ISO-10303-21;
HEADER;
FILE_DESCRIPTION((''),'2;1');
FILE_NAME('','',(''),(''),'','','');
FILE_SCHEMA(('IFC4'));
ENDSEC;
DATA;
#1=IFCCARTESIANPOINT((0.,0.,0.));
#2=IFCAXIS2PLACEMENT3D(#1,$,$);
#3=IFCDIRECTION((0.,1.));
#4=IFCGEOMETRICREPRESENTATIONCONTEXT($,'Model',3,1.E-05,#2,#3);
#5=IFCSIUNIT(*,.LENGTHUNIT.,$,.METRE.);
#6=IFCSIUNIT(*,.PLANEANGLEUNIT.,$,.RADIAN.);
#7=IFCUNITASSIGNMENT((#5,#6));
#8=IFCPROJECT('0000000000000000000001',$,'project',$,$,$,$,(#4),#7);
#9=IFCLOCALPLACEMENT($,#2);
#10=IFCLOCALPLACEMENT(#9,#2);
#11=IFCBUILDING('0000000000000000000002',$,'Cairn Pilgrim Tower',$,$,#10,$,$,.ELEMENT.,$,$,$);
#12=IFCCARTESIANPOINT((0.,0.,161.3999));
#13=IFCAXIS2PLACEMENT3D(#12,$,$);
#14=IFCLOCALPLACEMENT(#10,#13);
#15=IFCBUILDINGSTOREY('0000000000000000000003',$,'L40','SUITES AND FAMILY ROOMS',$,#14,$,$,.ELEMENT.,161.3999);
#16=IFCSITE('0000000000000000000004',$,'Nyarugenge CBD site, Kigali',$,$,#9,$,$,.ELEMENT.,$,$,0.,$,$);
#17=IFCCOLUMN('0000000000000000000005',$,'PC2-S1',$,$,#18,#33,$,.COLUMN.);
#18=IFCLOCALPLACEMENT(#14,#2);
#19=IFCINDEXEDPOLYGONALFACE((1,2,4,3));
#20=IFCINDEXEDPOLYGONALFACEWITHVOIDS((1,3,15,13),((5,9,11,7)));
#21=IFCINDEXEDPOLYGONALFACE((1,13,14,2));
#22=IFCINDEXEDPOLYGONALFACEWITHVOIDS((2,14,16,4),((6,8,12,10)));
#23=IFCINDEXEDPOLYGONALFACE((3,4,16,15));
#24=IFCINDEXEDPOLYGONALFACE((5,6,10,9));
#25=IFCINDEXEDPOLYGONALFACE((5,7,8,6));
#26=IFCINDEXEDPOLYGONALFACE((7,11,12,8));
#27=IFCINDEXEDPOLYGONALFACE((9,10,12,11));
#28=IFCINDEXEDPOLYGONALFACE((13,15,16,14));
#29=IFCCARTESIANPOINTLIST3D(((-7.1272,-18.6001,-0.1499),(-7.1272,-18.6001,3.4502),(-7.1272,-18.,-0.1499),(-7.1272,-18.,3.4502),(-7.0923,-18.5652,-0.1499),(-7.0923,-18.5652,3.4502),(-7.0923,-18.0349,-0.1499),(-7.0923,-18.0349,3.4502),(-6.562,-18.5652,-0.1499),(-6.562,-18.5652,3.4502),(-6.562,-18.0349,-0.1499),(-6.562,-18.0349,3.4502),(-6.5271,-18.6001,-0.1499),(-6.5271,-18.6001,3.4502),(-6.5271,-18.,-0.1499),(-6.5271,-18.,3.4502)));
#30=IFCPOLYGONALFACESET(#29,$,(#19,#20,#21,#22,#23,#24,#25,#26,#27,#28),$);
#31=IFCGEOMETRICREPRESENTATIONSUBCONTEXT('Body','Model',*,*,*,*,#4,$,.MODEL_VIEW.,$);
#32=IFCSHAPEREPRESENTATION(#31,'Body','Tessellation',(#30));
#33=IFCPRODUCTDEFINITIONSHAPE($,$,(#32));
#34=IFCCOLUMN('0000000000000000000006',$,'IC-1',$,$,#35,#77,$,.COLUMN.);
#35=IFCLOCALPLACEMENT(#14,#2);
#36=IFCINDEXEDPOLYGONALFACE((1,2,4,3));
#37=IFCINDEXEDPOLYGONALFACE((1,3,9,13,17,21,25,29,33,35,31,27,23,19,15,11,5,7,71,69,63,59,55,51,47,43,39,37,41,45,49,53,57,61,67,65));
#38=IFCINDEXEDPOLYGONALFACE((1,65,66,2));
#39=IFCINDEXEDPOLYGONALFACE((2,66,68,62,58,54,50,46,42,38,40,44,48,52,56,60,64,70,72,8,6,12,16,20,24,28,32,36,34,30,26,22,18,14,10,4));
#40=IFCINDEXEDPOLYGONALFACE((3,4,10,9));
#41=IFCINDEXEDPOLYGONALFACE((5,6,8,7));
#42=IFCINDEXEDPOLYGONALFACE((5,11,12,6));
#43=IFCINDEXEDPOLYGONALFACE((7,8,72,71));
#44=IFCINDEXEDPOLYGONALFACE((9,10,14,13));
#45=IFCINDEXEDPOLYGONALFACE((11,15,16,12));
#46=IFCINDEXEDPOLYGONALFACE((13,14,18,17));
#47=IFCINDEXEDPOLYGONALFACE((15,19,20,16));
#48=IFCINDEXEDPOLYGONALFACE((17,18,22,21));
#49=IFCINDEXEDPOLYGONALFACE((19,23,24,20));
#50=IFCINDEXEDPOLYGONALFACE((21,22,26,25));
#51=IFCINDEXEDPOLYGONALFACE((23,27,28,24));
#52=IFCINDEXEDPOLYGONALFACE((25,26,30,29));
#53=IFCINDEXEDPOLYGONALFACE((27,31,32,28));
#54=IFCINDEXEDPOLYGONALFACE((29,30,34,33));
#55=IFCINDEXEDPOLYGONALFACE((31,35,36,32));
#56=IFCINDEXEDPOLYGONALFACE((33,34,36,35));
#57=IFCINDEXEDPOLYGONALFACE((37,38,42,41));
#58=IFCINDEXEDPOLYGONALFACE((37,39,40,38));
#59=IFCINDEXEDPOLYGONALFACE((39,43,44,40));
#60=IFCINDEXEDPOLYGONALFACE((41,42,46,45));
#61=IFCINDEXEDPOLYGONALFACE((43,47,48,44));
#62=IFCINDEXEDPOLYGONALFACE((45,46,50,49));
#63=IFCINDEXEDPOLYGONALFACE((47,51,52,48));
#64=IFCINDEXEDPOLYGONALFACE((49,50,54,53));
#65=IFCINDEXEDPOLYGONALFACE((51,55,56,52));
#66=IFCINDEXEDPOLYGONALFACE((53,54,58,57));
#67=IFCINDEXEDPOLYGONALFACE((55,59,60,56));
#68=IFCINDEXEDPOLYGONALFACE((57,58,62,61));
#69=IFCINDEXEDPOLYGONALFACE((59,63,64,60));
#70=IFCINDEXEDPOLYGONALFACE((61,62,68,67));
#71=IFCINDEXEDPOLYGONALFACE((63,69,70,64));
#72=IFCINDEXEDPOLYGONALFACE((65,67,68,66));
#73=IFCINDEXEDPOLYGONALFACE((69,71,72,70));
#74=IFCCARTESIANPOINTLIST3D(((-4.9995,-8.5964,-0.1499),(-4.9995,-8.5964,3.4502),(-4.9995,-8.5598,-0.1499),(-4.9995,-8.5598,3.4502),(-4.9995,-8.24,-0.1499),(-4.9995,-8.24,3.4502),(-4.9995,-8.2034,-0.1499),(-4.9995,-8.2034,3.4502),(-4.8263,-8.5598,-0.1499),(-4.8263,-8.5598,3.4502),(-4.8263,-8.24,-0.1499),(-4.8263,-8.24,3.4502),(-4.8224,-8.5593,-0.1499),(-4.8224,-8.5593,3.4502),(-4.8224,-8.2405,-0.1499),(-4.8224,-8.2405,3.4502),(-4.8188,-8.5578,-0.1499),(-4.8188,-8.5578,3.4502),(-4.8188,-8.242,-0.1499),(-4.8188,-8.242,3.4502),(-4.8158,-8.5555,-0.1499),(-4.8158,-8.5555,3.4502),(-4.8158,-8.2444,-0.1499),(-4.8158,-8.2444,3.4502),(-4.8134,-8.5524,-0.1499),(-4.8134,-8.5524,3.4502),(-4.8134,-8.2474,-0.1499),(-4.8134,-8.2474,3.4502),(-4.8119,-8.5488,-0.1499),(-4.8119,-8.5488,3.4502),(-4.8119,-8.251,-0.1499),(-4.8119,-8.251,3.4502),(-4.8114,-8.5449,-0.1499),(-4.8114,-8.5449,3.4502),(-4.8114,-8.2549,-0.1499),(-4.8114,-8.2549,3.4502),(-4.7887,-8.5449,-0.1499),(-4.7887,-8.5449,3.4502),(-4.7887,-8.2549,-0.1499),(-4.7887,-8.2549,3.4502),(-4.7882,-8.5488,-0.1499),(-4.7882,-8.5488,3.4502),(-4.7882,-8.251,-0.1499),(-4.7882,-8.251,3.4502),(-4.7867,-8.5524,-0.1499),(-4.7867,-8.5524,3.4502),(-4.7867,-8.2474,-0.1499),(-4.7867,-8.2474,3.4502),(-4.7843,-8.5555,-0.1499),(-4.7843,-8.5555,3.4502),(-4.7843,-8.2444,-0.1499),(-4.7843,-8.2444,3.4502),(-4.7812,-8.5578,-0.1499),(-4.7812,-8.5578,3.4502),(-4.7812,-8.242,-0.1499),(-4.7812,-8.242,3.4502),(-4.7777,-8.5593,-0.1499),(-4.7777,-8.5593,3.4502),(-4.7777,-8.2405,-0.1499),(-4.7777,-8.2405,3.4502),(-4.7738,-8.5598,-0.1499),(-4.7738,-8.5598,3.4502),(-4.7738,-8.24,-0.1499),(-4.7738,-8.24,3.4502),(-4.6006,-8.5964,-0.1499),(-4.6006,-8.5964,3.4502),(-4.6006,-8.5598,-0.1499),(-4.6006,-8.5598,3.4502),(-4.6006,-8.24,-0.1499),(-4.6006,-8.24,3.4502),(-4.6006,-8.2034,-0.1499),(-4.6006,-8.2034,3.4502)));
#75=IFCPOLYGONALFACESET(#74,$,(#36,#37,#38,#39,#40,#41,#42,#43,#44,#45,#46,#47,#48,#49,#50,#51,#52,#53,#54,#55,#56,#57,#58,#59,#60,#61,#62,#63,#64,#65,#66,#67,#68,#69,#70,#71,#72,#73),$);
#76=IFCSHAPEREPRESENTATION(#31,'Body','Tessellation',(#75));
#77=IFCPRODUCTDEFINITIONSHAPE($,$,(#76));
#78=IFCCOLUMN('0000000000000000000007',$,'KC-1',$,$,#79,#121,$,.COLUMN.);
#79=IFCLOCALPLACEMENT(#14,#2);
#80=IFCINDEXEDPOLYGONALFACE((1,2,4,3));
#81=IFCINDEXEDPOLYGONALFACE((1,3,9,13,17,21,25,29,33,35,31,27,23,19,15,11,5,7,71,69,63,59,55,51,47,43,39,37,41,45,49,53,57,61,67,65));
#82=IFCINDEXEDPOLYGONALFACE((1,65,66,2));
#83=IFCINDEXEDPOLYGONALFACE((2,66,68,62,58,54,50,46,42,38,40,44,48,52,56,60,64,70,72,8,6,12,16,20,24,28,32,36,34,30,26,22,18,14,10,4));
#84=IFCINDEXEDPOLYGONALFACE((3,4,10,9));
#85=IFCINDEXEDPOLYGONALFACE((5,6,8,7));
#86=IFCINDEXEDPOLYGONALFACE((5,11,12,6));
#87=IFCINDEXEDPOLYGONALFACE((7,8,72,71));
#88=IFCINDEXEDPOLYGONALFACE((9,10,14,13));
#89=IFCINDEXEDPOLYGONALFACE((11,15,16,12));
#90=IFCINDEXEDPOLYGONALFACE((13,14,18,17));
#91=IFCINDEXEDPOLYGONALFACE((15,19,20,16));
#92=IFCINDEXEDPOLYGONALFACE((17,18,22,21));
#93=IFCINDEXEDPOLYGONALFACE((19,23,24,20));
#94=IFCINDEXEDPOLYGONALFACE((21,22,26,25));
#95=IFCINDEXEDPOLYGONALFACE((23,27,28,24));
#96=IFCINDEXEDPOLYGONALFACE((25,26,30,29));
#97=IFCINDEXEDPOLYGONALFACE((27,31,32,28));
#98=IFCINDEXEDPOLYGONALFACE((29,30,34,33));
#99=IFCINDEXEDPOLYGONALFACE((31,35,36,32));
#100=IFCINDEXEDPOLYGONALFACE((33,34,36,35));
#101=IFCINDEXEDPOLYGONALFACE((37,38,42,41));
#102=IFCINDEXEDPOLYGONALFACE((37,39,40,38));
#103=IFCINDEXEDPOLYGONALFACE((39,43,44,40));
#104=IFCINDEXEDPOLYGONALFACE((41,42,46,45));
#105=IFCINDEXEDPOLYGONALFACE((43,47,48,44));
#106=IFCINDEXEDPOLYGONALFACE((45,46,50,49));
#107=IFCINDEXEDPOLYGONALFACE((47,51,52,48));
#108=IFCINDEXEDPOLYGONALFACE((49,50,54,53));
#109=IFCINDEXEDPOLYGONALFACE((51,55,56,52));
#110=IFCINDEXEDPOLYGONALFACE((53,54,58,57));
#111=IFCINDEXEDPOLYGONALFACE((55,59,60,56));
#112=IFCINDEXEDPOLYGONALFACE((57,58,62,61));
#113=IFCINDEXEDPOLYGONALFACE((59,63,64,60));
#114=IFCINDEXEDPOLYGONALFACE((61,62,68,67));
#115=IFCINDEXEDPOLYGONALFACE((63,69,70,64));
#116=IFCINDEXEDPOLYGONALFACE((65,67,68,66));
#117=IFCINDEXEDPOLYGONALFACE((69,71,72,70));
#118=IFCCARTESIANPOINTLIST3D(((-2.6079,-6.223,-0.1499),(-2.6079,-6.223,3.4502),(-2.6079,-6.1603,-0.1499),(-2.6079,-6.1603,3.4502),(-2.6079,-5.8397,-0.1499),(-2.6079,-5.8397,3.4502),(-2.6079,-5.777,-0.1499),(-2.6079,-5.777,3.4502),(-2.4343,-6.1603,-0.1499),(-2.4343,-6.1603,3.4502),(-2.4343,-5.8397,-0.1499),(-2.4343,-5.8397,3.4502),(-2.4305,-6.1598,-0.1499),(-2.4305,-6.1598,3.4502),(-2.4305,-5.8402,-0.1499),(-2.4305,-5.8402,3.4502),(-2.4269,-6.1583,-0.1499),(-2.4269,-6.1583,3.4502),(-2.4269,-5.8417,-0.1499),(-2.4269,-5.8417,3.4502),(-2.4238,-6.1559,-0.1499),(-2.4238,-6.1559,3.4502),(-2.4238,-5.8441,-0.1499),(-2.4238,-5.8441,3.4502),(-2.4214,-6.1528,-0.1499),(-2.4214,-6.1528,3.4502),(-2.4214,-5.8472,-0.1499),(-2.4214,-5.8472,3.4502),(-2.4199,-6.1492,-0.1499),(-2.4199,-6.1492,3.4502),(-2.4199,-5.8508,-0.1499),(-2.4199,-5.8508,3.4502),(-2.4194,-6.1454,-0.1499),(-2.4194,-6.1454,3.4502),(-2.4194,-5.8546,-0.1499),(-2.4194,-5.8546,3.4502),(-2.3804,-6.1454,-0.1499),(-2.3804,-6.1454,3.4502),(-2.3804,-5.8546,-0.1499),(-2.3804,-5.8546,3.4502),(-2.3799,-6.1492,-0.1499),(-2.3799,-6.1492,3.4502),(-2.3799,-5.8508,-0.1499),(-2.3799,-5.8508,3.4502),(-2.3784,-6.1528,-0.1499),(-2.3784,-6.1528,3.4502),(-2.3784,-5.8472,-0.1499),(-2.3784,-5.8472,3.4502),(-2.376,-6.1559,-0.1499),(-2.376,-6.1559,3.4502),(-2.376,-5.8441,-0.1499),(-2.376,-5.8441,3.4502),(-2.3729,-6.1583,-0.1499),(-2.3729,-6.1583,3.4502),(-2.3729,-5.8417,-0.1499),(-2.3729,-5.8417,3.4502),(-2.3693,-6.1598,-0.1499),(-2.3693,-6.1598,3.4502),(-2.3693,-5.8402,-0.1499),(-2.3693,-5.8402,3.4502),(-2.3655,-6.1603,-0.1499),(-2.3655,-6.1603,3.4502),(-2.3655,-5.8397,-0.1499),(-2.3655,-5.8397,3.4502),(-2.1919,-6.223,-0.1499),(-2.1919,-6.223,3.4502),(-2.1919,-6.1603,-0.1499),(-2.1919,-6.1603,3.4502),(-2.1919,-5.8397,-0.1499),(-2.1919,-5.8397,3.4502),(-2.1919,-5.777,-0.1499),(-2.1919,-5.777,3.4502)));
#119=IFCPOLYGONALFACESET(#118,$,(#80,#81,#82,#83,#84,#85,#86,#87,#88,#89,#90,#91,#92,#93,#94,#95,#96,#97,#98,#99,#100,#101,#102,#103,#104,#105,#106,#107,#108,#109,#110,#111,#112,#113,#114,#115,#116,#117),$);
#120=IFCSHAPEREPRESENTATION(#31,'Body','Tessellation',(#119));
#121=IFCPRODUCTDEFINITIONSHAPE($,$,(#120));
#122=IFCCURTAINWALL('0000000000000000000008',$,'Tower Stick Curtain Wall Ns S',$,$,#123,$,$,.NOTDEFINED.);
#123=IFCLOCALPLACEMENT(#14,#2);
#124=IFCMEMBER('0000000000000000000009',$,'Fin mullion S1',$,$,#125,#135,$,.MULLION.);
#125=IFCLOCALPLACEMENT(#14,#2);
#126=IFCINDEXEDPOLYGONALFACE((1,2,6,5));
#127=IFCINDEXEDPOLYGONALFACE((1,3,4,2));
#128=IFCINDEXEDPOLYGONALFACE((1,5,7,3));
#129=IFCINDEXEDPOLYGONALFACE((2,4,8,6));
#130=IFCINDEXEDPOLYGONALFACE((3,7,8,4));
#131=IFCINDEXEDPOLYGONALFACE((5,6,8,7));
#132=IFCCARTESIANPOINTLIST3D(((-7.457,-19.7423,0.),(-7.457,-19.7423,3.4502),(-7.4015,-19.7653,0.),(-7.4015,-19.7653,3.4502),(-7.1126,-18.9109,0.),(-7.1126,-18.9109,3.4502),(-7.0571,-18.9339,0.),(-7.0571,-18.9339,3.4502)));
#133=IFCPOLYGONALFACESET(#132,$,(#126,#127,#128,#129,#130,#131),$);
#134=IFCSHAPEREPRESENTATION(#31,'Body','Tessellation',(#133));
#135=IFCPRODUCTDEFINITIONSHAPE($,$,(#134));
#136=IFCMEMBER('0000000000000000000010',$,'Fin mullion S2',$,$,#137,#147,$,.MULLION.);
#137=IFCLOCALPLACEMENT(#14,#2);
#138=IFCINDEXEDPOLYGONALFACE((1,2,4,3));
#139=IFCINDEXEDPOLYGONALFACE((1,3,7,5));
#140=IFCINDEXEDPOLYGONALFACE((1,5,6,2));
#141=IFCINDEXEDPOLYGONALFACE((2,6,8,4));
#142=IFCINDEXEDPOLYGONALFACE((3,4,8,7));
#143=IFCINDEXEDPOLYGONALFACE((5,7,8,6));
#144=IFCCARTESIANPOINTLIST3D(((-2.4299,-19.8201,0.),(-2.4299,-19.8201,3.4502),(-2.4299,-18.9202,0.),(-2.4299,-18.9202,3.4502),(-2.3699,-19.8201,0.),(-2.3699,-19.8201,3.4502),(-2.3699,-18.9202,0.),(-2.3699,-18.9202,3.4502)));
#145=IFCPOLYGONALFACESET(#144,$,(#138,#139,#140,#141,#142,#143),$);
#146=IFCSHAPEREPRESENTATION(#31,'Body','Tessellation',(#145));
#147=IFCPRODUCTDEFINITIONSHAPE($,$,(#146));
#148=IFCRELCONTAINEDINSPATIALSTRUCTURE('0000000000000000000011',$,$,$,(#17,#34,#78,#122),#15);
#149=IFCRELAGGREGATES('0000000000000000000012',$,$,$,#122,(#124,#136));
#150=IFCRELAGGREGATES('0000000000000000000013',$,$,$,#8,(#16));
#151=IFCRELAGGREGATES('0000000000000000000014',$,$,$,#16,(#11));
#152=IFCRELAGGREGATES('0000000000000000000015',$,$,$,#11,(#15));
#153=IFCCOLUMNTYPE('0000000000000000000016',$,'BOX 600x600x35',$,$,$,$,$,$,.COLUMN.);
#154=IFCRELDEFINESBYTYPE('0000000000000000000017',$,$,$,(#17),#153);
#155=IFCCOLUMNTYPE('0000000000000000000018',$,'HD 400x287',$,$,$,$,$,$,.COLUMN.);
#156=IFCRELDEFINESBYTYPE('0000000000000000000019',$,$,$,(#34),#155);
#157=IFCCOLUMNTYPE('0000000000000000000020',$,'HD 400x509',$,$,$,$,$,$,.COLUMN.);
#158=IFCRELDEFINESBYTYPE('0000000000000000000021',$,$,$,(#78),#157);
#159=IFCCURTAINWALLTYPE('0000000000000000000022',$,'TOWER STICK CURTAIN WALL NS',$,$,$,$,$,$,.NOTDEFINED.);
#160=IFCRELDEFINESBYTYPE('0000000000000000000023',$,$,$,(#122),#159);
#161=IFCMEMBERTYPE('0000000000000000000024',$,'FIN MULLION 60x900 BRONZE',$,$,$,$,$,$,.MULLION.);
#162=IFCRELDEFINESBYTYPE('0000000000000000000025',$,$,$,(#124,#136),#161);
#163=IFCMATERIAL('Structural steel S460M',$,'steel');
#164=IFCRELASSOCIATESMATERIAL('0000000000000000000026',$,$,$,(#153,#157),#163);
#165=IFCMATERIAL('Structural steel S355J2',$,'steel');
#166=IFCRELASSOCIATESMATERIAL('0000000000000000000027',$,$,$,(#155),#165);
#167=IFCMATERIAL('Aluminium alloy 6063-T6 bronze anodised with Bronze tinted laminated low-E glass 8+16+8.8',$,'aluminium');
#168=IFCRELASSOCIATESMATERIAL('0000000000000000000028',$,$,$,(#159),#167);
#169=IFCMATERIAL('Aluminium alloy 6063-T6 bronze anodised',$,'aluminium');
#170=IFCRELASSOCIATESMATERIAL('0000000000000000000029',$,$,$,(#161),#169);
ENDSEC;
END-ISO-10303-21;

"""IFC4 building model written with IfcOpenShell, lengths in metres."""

from ifc_helpers import new_model, si_unit, direction, frame, origin, origin_2d, place, context, subcontext, project, spatial, rectangle, hollow_rectangle, i_section, extrude, material, material_profile, profile_set, type_object, element, aggregate, save


model = new_model("IFC4")

# Units and contexts
model_context = context("Model", 3, precision=1e-05, world=origin(), true_north=direction((0.0, 1.0)))
body_context = subcontext(model_context, "Body", "Model", "MODEL_VIEW")
ifc_project = project(units=[si_unit("LENGTHUNIT", "METRE"), si_unit("PLANEANGLEUNIT", "RADIAN")], contexts=[model_context])

# Site, building, storey
site_placement = place(None, origin())
site = spatial("IfcSite", under=ifc_project, at=site_placement, Name="Nyarugenge CBD site, Kigali", CompositionType="ELEMENT", RefElevation=0.0)
building_placement = place(site_placement, origin())
building = spatial("IfcBuilding", under=site, at=building_placement, Name="Cairn Pilgrim Tower", CompositionType="ELEMENT")
storey_placement = place(building_placement, frame((0.0, 0.0, 161.3999)))
storey = spatial("IfcBuildingStorey", under=building, at=storey_placement, Name="L40", Description="SUITES AND FAMILY ROOMS", CompositionType="ELEMENT", Elevation=161.3999)

# Columns
ifc_material_1 = material(Name="Structural steel S460M", Category="steel")
ifc_material_profile_1 = material_profile(ifc_material_1, hollow_rectangle(XDim=0.6001, YDim=0.6001, WallThickness=0.0349, at=origin_2d()), Name="BOX 600x600x35")
ifc_profile_set_1 = profile_set([ifc_material_profile_1], Name="Structural steel S460M")
column_type_1 = type_object("IfcColumnType", Name="BOX 600x600x35", PredefinedType="COLUMN", material=ifc_profile_set_1)
column_1_placement = place(storey_placement, frame((-6.8271, -18.3, -0.1499), z_axis=(0.0, 0.0, 1.0), x_axis=(1.0, 0.0, 0.0)))
element("IfcColumn", 1, at=column_1_placement, inside=storey, type_object=column_type_1, Name="PC2-S1", PredefinedType="COLUMN", context=body_context, shape_type="SweptSolid", body=[
    extrude(hollow_rectangle(XDim=0.6001, YDim=0.6001, WallThickness=0.0349, at=origin_2d()), origin(), (0.0, 0.0, 1.0), 3.6001),
])
ifc_material_2 = material(Name="Structural steel S355J2", Category="steel")
ifc_material_profile_2 = material_profile(ifc_material_2, i_section(OverallWidth=0.3989, OverallDepth=0.3931, WebThickness=0.0227, FlangeThickness=0.0366, FilletRadius=0.0149, at=origin_2d()), Name="HD 400x287")
ifc_profile_set_2 = profile_set([ifc_material_profile_2], Name="Structural steel S355J2")
column_type_2 = type_object("IfcColumnType", Name="HD 400x287", PredefinedType="COLUMN", material=ifc_profile_set_2)
column_2_placement = place(storey_placement, frame((-4.8, -8.3999, -0.1499), z_axis=(0.0, 0.0, 1.0), x_axis=(1.0, 0.0, 0.0)))
element("IfcColumn", 2, at=column_2_placement, inside=storey, type_object=column_type_2, Name="IC-1", PredefinedType="COLUMN", context=body_context, shape_type="SweptSolid", body=[
    extrude(i_section(OverallWidth=0.3989, OverallDepth=0.3931, WebThickness=0.0227, FlangeThickness=0.0366, FilletRadius=0.0149, at=origin_2d()), origin(), (0.0, 0.0, 1.0), 3.6001),
])
ifc_material_profile_3 = material_profile(ifc_material_1, i_section(OverallWidth=0.416, OverallDepth=0.446, WebThickness=0.0391, FlangeThickness=0.0627, FilletRadius=0.0149, at=origin_2d()), Name="HD 400x509")
ifc_profile_set_3 = profile_set([ifc_material_profile_3], Name="Structural steel S460M")
column_type_3 = type_object("IfcColumnType", Name="HD 400x509", PredefinedType="COLUMN", material=ifc_profile_set_3)
column_3_placement = place(storey_placement, frame((-2.3999, -6.0, -0.1499), z_axis=(0.0, 0.0, 1.0), x_axis=(1.0, 0.0, 0.0)))
element("IfcColumn", 3, at=column_3_placement, inside=storey, type_object=column_type_3, Name="KC-1", PredefinedType="COLUMN", context=body_context, shape_type="SweptSolid", body=[
    extrude(i_section(OverallWidth=0.416, OverallDepth=0.446, WebThickness=0.0391, FlangeThickness=0.0627, FilletRadius=0.0149, at=origin_2d()), origin(), (0.0, 0.0, 1.0), 3.6001),
])

# Curtain wall, members
ifc_material_3 = material(Name="Aluminium alloy 6063-T6 bronze anodised with Bronze tinted laminated low-E glass 8+16+8.8", Category="aluminium")
curtain_wall_type = type_object("IfcCurtainWallType", Name="TOWER STICK CURTAIN WALL NS", PredefinedType="NOTDEFINED", material=ifc_material_3)
curtain_wall_placement = place(storey_placement, origin())
curtain_wall = element("IfcCurtainWall", 4, at=curtain_wall_placement, inside=storey, type_object=curtain_wall_type, Name="Tower Stick Curtain Wall Ns S", PredefinedType="NOTDEFINED")
ifc_material_4 = material(Name="Aluminium alloy 6063-T6 bronze anodised", Category="aluminium")
ifc_material_profile_4 = material_profile(ifc_material_4, rectangle(XDim=0.8999, YDim=0.0601, at=origin_2d()), Name="FIN MULLION 60x900 BRONZE")
ifc_profile_set_4 = profile_set([ifc_material_profile_4], Name="Aluminium alloy 6063-T6 bronze anodised")
member_type_1 = type_object("IfcMemberType", Name="FIN MULLION 60x900 BRONZE", PredefinedType="MULLION", material=ifc_profile_set_4)
member_1_placement = place(storey_placement, frame((-7.2571, -19.3381, 0.0), z_axis=(0.0, 0.0, 1.0), x_axis=(-0.382683, -0.92388, 0.0)))
member_1 = element("IfcMember", 5, at=member_1_placement, type_object=member_type_1, Name="Fin mullion S1", PredefinedType="MULLION", context=body_context, shape_type="SweptSolid", body=[
    extrude(rectangle(XDim=0.8999, YDim=0.0601, at=origin_2d()), origin(), (0.0, 0.0, 1.0), 3.4502),
])
member_2_placement = place(storey_placement, frame((-2.3999, -19.3701, 0.0), z_axis=(0.0, 0.0, 1.0), x_axis=(0.0, -1.0, 0.0)))
member_2 = element("IfcMember", 6, at=member_2_placement, type_object=member_type_1, Name="Fin mullion S2", PredefinedType="MULLION", context=body_context, shape_type="SweptSolid", body=[
    extrude(rectangle(XDim=0.8999, YDim=0.0601, at=origin_2d()), origin(), (0.0, 0.0, 1.0), 3.4502),
])

aggregate(curtain_wall, [member_1, member_2])

save(model, "model.ifc")
